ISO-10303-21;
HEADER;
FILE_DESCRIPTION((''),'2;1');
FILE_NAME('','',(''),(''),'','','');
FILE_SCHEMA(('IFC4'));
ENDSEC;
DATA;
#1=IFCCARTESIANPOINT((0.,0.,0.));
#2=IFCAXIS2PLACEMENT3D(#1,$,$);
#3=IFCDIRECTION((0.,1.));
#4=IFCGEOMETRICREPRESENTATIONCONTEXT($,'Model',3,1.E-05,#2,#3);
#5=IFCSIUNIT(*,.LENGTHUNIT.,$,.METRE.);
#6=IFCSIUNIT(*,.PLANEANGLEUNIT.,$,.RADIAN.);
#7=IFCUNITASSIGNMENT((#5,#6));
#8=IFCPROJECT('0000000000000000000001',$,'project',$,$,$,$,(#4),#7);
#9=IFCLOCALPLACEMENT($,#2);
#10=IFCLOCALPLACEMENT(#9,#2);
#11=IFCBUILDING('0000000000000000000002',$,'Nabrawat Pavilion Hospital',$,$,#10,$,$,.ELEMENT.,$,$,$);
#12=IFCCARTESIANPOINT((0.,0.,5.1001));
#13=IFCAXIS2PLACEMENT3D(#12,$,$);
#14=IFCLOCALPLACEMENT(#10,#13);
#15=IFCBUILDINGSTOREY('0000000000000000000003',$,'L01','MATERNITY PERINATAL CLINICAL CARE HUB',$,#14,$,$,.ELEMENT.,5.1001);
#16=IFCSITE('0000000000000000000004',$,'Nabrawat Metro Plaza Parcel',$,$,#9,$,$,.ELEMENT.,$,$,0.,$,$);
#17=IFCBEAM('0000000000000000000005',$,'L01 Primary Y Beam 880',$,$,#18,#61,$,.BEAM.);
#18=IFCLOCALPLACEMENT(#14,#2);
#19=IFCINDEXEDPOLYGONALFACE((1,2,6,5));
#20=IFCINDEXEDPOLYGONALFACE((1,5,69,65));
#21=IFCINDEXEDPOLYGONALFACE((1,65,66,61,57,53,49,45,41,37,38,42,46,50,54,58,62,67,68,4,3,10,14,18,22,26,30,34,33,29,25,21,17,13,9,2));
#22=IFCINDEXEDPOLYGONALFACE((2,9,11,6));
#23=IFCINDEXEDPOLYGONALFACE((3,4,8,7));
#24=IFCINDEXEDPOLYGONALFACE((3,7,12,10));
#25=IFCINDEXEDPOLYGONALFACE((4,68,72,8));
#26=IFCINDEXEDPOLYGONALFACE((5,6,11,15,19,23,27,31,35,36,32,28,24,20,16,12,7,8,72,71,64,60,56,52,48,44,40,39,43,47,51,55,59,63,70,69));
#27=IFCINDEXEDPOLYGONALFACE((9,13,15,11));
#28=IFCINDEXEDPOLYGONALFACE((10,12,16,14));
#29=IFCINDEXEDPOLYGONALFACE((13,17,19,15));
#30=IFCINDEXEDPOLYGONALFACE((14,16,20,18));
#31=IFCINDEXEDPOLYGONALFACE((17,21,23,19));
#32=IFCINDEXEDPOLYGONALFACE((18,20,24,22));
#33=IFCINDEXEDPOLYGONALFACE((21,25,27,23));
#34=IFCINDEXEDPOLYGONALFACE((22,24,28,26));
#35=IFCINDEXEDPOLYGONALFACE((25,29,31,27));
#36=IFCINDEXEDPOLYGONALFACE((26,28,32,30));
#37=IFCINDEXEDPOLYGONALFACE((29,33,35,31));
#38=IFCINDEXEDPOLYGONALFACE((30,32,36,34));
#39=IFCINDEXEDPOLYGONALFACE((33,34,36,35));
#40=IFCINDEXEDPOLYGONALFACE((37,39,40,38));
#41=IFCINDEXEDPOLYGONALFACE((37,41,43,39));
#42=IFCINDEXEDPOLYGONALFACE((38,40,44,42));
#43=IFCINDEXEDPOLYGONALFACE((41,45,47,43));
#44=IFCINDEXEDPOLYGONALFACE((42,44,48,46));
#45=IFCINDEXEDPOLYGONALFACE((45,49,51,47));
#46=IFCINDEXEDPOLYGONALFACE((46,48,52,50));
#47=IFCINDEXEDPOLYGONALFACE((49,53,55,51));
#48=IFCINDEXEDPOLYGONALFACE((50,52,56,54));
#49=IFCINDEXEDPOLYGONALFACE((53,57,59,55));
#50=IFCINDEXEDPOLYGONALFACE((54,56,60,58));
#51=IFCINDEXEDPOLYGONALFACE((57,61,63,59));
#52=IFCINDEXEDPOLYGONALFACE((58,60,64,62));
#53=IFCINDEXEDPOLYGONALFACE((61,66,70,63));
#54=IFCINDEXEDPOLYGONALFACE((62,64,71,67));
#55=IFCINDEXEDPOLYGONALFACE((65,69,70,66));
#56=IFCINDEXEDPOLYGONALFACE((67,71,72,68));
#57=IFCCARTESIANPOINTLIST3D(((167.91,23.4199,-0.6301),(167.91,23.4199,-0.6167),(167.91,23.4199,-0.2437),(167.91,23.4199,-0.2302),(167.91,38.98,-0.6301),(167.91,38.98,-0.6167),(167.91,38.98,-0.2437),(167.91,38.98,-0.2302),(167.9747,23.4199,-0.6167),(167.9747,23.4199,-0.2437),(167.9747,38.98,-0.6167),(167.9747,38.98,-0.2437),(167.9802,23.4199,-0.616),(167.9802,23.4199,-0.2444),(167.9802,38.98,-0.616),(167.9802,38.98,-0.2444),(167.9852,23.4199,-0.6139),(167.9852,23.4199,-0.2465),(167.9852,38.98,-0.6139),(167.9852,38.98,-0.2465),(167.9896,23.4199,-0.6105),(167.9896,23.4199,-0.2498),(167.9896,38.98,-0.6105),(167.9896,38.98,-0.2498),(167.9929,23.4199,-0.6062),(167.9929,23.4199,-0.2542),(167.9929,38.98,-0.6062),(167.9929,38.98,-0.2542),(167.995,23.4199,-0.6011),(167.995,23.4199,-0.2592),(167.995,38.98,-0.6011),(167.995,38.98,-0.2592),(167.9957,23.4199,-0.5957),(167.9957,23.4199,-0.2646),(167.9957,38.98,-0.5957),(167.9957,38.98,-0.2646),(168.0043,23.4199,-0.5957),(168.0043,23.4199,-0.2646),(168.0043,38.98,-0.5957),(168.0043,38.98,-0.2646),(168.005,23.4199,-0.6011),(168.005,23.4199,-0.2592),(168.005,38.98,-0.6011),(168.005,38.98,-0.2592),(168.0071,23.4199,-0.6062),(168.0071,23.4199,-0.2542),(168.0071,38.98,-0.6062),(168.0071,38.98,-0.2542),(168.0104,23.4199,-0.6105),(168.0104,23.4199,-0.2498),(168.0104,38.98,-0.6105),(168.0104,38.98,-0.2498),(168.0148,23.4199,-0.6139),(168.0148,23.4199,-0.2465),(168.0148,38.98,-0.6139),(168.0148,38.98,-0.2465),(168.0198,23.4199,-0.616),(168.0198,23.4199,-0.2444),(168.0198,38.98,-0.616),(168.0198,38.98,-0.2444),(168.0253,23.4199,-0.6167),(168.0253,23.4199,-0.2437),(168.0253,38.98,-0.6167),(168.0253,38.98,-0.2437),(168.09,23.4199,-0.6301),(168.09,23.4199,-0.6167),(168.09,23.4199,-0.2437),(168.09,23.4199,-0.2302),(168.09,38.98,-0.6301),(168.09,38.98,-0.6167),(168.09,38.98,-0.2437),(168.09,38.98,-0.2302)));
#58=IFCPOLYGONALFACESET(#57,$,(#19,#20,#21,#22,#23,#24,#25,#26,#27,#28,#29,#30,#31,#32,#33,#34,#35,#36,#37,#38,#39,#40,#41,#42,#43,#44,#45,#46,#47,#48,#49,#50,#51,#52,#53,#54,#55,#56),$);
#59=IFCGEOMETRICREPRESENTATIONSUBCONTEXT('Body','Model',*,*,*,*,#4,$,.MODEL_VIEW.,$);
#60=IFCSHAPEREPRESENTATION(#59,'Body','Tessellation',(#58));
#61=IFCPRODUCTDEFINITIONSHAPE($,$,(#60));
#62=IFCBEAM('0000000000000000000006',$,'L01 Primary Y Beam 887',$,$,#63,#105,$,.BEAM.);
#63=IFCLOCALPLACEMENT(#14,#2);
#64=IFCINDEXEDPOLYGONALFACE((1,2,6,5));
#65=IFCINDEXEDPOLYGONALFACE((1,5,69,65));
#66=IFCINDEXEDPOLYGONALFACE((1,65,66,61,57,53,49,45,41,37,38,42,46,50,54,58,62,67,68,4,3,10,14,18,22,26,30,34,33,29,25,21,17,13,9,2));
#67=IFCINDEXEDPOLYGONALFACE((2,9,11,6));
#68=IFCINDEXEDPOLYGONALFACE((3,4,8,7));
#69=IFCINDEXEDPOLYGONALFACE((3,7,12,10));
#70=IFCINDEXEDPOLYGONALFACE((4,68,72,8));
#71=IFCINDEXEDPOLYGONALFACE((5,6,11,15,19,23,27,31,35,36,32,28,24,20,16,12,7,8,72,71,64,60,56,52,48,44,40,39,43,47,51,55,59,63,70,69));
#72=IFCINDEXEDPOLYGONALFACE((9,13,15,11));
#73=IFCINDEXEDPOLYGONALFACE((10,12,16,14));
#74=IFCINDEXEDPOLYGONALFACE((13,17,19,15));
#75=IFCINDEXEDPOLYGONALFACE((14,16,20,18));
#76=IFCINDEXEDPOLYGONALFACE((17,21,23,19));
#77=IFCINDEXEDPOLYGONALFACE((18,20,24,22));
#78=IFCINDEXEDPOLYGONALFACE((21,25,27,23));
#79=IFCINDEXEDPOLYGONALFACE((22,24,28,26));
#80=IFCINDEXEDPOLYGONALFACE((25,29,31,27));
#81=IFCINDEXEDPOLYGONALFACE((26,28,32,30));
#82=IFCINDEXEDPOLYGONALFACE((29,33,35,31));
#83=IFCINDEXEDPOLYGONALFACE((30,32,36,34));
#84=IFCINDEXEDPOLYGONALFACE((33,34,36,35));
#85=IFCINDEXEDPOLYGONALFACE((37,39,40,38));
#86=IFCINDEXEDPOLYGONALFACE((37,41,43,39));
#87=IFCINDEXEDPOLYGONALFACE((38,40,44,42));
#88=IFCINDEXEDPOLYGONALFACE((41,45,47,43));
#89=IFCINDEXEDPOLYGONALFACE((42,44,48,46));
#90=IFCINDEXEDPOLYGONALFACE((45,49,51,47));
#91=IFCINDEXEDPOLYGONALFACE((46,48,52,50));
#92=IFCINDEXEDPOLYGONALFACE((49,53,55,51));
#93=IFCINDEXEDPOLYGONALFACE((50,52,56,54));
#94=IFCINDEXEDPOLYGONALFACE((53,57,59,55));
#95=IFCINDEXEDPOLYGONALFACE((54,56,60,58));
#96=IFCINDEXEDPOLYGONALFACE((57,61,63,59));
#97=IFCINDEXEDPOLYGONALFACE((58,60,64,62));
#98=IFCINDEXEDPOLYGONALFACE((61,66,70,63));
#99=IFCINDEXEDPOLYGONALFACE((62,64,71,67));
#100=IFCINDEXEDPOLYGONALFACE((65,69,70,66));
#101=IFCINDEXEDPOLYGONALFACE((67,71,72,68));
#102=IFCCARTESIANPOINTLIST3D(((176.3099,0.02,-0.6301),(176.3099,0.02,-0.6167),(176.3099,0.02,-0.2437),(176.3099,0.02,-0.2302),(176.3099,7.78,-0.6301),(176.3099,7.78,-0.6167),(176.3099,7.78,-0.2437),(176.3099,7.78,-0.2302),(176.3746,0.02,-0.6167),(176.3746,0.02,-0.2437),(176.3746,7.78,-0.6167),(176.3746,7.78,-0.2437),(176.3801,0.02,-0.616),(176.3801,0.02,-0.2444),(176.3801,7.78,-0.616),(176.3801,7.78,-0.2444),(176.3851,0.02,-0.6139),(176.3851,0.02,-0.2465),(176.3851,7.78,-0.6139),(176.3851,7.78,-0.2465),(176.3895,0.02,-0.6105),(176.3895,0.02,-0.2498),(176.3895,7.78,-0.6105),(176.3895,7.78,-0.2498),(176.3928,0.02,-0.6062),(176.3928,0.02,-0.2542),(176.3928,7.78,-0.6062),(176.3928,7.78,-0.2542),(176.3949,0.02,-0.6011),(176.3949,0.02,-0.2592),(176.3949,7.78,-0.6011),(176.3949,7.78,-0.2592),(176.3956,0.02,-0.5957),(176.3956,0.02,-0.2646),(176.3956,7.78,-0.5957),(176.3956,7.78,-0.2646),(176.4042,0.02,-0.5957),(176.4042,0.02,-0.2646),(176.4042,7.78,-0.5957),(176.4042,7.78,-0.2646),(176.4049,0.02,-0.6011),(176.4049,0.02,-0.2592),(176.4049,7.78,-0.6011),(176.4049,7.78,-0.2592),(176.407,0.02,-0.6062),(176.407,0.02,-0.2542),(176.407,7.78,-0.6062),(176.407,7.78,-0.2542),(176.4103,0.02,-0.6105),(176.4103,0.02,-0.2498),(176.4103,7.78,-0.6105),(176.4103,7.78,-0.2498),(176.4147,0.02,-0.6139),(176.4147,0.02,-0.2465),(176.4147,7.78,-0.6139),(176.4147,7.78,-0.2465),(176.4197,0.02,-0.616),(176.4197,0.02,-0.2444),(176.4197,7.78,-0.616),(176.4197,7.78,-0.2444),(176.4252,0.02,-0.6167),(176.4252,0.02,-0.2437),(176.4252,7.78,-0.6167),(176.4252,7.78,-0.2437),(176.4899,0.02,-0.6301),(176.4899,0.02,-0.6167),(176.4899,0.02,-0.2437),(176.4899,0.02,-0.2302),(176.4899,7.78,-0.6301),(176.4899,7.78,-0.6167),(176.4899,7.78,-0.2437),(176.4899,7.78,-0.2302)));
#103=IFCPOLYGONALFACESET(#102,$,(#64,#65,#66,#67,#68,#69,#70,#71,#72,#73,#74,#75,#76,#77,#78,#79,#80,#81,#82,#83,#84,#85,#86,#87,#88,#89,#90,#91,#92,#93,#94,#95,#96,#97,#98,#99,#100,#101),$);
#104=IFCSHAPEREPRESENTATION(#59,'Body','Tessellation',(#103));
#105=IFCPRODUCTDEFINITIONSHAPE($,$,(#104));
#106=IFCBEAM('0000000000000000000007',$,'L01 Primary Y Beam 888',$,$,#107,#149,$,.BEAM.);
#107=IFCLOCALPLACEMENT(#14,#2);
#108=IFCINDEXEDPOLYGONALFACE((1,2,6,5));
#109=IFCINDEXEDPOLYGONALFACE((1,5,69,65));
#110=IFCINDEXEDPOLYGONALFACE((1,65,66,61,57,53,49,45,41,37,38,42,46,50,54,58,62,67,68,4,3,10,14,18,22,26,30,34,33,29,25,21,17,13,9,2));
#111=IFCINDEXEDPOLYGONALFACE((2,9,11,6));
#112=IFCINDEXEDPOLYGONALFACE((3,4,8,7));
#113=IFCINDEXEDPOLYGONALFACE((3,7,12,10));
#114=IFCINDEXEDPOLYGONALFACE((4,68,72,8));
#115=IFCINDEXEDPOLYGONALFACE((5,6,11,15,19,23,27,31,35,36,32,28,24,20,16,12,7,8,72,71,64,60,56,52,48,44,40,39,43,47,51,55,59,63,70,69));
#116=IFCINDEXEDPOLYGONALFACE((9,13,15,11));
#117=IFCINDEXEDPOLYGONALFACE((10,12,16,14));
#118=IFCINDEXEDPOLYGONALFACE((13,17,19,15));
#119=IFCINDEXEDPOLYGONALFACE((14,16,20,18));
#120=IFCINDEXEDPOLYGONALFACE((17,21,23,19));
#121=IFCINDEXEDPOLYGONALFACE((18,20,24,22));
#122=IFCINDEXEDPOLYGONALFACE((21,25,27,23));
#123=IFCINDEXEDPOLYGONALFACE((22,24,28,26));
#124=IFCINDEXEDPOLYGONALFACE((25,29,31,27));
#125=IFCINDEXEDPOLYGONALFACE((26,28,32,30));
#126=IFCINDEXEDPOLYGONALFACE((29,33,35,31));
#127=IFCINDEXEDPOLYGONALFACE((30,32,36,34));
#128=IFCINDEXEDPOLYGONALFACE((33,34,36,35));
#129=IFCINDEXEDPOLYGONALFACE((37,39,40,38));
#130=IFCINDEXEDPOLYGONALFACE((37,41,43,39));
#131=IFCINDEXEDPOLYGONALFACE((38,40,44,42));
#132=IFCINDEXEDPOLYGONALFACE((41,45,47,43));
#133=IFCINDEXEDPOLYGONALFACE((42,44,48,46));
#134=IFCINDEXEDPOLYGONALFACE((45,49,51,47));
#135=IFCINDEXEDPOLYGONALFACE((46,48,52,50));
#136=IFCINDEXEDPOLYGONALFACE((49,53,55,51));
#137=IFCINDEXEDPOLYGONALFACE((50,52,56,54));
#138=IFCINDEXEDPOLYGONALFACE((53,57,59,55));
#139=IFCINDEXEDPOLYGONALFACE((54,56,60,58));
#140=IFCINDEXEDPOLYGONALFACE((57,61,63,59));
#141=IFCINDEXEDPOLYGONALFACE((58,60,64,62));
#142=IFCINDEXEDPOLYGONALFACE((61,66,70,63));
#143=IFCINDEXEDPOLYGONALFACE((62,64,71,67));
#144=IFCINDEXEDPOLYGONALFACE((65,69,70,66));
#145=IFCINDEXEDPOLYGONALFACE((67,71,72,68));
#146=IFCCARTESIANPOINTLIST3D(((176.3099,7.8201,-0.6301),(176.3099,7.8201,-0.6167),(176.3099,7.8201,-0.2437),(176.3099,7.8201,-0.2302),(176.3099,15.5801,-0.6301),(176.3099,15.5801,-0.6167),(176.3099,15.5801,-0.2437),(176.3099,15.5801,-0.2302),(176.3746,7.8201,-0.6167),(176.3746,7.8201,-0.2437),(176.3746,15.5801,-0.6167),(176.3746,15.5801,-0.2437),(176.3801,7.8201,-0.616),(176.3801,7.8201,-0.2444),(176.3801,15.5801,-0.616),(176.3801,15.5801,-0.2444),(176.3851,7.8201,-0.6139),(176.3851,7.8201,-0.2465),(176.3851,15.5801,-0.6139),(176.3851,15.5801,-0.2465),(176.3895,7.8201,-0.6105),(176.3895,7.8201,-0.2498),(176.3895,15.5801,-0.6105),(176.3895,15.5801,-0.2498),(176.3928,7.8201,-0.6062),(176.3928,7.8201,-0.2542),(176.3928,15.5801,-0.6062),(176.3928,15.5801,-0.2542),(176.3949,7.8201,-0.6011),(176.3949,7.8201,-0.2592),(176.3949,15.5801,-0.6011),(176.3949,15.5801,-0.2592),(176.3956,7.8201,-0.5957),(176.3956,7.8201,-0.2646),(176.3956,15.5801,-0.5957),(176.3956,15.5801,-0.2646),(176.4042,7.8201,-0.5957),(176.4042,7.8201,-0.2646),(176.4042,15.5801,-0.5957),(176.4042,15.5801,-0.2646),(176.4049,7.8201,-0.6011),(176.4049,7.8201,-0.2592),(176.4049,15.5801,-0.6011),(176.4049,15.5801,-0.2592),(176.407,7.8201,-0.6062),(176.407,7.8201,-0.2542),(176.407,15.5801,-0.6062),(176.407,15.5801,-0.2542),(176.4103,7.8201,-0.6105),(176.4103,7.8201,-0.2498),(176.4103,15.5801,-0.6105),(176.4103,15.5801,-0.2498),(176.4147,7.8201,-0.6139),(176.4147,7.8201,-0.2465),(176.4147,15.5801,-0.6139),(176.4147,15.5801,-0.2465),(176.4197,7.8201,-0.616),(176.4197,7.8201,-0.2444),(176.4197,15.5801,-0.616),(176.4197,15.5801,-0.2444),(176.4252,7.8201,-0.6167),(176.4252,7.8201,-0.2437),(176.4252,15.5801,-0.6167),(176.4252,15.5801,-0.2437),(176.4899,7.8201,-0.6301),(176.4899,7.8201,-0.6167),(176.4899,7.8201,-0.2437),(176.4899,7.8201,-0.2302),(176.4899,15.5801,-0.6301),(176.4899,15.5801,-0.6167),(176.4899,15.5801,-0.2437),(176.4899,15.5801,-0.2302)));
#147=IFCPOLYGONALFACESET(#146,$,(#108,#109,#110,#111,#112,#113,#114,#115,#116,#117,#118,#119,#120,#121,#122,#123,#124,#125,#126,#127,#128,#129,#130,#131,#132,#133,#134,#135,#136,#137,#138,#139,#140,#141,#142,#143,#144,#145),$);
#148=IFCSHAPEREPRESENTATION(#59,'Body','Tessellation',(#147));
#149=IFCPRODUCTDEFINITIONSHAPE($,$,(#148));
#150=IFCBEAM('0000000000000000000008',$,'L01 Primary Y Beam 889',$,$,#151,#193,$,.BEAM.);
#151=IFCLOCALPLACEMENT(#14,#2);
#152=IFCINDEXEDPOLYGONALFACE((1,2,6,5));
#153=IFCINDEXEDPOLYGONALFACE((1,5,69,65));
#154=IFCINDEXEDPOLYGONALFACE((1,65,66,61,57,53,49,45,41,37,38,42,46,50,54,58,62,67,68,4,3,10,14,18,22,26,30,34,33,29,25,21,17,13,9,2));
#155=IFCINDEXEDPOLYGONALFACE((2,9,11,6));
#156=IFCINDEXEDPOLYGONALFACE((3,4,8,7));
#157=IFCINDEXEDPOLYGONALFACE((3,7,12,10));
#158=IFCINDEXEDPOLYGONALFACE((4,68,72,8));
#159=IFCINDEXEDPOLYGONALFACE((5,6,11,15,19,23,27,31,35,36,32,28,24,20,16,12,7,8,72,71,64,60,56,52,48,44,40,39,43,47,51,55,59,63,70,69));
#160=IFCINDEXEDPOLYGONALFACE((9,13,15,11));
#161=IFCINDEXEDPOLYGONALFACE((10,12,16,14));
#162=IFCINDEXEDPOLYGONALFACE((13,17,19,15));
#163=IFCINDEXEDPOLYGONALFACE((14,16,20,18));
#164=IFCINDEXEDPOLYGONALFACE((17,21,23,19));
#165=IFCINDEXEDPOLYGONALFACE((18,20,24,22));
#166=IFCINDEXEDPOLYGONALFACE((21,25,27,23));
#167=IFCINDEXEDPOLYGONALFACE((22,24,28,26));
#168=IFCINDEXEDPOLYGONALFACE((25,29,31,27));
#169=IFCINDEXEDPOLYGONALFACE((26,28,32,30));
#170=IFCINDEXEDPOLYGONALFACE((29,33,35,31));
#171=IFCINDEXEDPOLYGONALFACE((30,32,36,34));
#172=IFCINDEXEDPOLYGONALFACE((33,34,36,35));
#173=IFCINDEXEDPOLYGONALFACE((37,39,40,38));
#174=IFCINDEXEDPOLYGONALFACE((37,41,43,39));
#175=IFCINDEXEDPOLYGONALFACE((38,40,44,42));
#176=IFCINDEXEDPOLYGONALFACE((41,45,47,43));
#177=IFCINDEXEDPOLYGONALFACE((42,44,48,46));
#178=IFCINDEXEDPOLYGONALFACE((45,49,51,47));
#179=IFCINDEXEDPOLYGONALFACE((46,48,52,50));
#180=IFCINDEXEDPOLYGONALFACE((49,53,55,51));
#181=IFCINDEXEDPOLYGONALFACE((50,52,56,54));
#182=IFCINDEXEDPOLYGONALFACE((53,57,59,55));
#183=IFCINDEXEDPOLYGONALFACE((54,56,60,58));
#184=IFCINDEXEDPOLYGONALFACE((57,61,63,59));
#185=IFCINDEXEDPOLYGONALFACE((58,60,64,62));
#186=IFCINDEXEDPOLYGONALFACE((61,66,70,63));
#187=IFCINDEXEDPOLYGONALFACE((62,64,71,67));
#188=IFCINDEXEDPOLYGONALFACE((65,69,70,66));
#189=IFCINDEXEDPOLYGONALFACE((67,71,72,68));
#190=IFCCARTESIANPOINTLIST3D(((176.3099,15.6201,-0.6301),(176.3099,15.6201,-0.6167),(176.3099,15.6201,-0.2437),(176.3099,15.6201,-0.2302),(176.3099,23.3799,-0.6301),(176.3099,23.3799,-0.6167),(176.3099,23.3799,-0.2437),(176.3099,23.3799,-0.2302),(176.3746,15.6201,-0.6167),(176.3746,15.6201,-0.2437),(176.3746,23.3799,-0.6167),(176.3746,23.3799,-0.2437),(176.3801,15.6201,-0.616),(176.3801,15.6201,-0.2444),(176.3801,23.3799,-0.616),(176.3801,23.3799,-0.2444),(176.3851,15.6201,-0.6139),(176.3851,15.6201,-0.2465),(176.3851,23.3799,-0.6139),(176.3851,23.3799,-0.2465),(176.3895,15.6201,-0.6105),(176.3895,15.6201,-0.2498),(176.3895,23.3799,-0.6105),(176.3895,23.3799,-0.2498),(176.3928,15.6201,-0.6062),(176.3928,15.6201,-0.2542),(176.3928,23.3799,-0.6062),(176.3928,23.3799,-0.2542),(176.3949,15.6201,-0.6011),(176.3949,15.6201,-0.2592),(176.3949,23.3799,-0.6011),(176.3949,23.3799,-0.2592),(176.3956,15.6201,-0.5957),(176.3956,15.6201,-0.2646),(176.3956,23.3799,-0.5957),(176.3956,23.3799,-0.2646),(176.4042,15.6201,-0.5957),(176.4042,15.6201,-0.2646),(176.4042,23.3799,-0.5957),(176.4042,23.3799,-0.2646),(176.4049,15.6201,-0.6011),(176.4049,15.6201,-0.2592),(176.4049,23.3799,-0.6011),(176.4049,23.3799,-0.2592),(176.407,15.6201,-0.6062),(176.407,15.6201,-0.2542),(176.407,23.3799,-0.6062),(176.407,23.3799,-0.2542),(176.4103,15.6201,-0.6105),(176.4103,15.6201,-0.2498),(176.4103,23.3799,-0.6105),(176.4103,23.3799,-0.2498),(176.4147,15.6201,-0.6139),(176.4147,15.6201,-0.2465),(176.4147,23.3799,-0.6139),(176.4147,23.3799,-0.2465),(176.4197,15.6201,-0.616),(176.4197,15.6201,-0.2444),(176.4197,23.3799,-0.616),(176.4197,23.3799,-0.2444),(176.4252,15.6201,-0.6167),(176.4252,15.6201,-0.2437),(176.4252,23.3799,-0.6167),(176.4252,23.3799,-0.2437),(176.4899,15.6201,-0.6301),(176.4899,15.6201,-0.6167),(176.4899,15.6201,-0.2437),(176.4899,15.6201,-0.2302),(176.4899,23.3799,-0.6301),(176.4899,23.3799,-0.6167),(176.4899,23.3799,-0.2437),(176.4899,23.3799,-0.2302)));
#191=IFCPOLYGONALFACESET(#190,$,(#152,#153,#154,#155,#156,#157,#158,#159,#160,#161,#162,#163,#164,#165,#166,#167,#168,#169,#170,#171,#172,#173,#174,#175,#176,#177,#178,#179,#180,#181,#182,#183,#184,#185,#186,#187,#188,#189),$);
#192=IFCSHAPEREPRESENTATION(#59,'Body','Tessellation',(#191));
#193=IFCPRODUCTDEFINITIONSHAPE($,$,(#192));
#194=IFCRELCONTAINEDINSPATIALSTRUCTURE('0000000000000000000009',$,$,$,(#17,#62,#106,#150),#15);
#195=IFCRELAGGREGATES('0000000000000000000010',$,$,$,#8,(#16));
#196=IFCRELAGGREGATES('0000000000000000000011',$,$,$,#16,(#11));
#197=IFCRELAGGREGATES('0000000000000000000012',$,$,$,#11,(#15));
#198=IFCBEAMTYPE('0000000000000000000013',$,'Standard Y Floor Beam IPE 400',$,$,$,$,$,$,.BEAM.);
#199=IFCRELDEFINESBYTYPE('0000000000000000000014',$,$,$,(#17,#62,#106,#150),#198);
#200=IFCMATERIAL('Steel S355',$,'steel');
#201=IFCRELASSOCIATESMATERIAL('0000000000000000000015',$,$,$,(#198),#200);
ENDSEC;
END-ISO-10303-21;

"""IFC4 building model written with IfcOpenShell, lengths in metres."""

from ifc_helpers import new_model, si_unit, direction, frame, origin, origin_2d, place, context, subcontext, project, spatial, i_section, extrude, material, material_profile, profile_set, type_object, element, save


model = new_model("IFC4")

# Units and contexts
model_context = context("Model", 3, precision=1e-05, world=origin(), true_north=direction((0.0, 1.0)))
body_context = subcontext(model_context, "Body", "Model", "MODEL_VIEW")
ifc_project = project(units=[si_unit("LENGTHUNIT", "METRE"), si_unit("PLANEANGLEUNIT", "RADIAN")], contexts=[model_context])

# Site, building, storey
site_placement = place(None, origin())
site = spatial("IfcSite", under=ifc_project, at=site_placement, Name="Nabrawat Metro Plaza Parcel", CompositionType="ELEMENT", RefElevation=0.0)
building_placement = place(site_placement, origin())
building = spatial("IfcBuilding", under=site, at=building_placement, Name="Nabrawat Pavilion Hospital", CompositionType="ELEMENT")
storey_placement = place(building_placement, frame((0.0, 0.0, 5.1001)))
storey = spatial("IfcBuildingStorey", under=building, at=storey_placement, Name="L01", Description="MATERNITY PERINATAL CLINICAL CARE HUB", CompositionType="ELEMENT", Elevation=5.1001)

# Shared definitions
ifc_material_1 = material(Name="Steel S355", Category="steel")

# Beams
ifc_material_profile_1 = material_profile(ifc_material_1, i_section(OverallWidth=0.1799, OverallDepth=0.3999, WebThickness=0.0085, FlangeThickness=0.0134, FilletRadius=0.021, at=origin_2d()), Name="IPE 400")
ifc_profile_set_1 = profile_set([ifc_material_profile_1], Name="Steel S355")
beam_type_1 = type_object("IfcBeamType", Name="Standard Y Floor Beam IPE 400", PredefinedType="BEAM", material=ifc_profile_set_1)
beam_1_placement = place(storey_placement, frame((168.0, 23.4199, -0.4302), z_axis=(0.0, 1.0, 0.0), x_axis=(-1.0, 0.0, 0.0)))
element("IfcBeam", 1, at=beam_1_placement, inside=storey, type_object=beam_type_1, Name="L01 Primary Y Beam 880", PredefinedType="BEAM", context=body_context, shape_type="SweptSolid", body=[
    extrude(i_section(OverallWidth=0.1799, OverallDepth=0.3999, WebThickness=0.0085, FlangeThickness=0.0134, FilletRadius=0.021, at=origin_2d()), origin(), (0.0, 0.0, 1.0), 15.5601),
])
for number, where, z_axis, x_axis, name in (
    (2, (176.3999, 0.02, -0.4302), (0.0, 1.0, 0.0), (-1.0, 0.0, 0.0), "L01 Primary Y Beam 887"),
    (3, (176.3999, 7.8201, -0.4302), (0.0, 1.0, 0.0), (-1.0, 0.0, 0.0), "L01 Primary Y Beam 888"),
):
    element("IfcBeam", number, at=place(storey_placement, frame(where, z_axis=z_axis, x_axis=x_axis)), inside=storey, type_object=beam_type_1, Name=name, PredefinedType="BEAM", context=body_context, shape_type="SweptSolid", body=[
        extrude(i_section(OverallWidth=0.1799, OverallDepth=0.3999, WebThickness=0.0085, FlangeThickness=0.0134, FilletRadius=0.021, at=origin_2d()), origin(), (0.0, 0.0, 1.0), 7.76),
    ])
beam_2_placement = place(storey_placement, frame((176.3999, 15.6201, -0.4302), z_axis=(0.0, 1.0, 0.0), x_axis=(-1.0, 0.0, 0.0)))
element("IfcBeam", 4, at=beam_2_placement, inside=storey, type_object=beam_type_1, Name="L01 Primary Y Beam 889", PredefinedType="BEAM", context=body_context, shape_type="SweptSolid", body=[
    extrude(i_section(OverallWidth=0.1799, OverallDepth=0.3999, WebThickness=0.0085, FlangeThickness=0.0134, FilletRadius=0.021, at=origin_2d()), origin(), (0.0, 0.0, 1.0), 7.7598),
])

save(model, "model.ifc")
